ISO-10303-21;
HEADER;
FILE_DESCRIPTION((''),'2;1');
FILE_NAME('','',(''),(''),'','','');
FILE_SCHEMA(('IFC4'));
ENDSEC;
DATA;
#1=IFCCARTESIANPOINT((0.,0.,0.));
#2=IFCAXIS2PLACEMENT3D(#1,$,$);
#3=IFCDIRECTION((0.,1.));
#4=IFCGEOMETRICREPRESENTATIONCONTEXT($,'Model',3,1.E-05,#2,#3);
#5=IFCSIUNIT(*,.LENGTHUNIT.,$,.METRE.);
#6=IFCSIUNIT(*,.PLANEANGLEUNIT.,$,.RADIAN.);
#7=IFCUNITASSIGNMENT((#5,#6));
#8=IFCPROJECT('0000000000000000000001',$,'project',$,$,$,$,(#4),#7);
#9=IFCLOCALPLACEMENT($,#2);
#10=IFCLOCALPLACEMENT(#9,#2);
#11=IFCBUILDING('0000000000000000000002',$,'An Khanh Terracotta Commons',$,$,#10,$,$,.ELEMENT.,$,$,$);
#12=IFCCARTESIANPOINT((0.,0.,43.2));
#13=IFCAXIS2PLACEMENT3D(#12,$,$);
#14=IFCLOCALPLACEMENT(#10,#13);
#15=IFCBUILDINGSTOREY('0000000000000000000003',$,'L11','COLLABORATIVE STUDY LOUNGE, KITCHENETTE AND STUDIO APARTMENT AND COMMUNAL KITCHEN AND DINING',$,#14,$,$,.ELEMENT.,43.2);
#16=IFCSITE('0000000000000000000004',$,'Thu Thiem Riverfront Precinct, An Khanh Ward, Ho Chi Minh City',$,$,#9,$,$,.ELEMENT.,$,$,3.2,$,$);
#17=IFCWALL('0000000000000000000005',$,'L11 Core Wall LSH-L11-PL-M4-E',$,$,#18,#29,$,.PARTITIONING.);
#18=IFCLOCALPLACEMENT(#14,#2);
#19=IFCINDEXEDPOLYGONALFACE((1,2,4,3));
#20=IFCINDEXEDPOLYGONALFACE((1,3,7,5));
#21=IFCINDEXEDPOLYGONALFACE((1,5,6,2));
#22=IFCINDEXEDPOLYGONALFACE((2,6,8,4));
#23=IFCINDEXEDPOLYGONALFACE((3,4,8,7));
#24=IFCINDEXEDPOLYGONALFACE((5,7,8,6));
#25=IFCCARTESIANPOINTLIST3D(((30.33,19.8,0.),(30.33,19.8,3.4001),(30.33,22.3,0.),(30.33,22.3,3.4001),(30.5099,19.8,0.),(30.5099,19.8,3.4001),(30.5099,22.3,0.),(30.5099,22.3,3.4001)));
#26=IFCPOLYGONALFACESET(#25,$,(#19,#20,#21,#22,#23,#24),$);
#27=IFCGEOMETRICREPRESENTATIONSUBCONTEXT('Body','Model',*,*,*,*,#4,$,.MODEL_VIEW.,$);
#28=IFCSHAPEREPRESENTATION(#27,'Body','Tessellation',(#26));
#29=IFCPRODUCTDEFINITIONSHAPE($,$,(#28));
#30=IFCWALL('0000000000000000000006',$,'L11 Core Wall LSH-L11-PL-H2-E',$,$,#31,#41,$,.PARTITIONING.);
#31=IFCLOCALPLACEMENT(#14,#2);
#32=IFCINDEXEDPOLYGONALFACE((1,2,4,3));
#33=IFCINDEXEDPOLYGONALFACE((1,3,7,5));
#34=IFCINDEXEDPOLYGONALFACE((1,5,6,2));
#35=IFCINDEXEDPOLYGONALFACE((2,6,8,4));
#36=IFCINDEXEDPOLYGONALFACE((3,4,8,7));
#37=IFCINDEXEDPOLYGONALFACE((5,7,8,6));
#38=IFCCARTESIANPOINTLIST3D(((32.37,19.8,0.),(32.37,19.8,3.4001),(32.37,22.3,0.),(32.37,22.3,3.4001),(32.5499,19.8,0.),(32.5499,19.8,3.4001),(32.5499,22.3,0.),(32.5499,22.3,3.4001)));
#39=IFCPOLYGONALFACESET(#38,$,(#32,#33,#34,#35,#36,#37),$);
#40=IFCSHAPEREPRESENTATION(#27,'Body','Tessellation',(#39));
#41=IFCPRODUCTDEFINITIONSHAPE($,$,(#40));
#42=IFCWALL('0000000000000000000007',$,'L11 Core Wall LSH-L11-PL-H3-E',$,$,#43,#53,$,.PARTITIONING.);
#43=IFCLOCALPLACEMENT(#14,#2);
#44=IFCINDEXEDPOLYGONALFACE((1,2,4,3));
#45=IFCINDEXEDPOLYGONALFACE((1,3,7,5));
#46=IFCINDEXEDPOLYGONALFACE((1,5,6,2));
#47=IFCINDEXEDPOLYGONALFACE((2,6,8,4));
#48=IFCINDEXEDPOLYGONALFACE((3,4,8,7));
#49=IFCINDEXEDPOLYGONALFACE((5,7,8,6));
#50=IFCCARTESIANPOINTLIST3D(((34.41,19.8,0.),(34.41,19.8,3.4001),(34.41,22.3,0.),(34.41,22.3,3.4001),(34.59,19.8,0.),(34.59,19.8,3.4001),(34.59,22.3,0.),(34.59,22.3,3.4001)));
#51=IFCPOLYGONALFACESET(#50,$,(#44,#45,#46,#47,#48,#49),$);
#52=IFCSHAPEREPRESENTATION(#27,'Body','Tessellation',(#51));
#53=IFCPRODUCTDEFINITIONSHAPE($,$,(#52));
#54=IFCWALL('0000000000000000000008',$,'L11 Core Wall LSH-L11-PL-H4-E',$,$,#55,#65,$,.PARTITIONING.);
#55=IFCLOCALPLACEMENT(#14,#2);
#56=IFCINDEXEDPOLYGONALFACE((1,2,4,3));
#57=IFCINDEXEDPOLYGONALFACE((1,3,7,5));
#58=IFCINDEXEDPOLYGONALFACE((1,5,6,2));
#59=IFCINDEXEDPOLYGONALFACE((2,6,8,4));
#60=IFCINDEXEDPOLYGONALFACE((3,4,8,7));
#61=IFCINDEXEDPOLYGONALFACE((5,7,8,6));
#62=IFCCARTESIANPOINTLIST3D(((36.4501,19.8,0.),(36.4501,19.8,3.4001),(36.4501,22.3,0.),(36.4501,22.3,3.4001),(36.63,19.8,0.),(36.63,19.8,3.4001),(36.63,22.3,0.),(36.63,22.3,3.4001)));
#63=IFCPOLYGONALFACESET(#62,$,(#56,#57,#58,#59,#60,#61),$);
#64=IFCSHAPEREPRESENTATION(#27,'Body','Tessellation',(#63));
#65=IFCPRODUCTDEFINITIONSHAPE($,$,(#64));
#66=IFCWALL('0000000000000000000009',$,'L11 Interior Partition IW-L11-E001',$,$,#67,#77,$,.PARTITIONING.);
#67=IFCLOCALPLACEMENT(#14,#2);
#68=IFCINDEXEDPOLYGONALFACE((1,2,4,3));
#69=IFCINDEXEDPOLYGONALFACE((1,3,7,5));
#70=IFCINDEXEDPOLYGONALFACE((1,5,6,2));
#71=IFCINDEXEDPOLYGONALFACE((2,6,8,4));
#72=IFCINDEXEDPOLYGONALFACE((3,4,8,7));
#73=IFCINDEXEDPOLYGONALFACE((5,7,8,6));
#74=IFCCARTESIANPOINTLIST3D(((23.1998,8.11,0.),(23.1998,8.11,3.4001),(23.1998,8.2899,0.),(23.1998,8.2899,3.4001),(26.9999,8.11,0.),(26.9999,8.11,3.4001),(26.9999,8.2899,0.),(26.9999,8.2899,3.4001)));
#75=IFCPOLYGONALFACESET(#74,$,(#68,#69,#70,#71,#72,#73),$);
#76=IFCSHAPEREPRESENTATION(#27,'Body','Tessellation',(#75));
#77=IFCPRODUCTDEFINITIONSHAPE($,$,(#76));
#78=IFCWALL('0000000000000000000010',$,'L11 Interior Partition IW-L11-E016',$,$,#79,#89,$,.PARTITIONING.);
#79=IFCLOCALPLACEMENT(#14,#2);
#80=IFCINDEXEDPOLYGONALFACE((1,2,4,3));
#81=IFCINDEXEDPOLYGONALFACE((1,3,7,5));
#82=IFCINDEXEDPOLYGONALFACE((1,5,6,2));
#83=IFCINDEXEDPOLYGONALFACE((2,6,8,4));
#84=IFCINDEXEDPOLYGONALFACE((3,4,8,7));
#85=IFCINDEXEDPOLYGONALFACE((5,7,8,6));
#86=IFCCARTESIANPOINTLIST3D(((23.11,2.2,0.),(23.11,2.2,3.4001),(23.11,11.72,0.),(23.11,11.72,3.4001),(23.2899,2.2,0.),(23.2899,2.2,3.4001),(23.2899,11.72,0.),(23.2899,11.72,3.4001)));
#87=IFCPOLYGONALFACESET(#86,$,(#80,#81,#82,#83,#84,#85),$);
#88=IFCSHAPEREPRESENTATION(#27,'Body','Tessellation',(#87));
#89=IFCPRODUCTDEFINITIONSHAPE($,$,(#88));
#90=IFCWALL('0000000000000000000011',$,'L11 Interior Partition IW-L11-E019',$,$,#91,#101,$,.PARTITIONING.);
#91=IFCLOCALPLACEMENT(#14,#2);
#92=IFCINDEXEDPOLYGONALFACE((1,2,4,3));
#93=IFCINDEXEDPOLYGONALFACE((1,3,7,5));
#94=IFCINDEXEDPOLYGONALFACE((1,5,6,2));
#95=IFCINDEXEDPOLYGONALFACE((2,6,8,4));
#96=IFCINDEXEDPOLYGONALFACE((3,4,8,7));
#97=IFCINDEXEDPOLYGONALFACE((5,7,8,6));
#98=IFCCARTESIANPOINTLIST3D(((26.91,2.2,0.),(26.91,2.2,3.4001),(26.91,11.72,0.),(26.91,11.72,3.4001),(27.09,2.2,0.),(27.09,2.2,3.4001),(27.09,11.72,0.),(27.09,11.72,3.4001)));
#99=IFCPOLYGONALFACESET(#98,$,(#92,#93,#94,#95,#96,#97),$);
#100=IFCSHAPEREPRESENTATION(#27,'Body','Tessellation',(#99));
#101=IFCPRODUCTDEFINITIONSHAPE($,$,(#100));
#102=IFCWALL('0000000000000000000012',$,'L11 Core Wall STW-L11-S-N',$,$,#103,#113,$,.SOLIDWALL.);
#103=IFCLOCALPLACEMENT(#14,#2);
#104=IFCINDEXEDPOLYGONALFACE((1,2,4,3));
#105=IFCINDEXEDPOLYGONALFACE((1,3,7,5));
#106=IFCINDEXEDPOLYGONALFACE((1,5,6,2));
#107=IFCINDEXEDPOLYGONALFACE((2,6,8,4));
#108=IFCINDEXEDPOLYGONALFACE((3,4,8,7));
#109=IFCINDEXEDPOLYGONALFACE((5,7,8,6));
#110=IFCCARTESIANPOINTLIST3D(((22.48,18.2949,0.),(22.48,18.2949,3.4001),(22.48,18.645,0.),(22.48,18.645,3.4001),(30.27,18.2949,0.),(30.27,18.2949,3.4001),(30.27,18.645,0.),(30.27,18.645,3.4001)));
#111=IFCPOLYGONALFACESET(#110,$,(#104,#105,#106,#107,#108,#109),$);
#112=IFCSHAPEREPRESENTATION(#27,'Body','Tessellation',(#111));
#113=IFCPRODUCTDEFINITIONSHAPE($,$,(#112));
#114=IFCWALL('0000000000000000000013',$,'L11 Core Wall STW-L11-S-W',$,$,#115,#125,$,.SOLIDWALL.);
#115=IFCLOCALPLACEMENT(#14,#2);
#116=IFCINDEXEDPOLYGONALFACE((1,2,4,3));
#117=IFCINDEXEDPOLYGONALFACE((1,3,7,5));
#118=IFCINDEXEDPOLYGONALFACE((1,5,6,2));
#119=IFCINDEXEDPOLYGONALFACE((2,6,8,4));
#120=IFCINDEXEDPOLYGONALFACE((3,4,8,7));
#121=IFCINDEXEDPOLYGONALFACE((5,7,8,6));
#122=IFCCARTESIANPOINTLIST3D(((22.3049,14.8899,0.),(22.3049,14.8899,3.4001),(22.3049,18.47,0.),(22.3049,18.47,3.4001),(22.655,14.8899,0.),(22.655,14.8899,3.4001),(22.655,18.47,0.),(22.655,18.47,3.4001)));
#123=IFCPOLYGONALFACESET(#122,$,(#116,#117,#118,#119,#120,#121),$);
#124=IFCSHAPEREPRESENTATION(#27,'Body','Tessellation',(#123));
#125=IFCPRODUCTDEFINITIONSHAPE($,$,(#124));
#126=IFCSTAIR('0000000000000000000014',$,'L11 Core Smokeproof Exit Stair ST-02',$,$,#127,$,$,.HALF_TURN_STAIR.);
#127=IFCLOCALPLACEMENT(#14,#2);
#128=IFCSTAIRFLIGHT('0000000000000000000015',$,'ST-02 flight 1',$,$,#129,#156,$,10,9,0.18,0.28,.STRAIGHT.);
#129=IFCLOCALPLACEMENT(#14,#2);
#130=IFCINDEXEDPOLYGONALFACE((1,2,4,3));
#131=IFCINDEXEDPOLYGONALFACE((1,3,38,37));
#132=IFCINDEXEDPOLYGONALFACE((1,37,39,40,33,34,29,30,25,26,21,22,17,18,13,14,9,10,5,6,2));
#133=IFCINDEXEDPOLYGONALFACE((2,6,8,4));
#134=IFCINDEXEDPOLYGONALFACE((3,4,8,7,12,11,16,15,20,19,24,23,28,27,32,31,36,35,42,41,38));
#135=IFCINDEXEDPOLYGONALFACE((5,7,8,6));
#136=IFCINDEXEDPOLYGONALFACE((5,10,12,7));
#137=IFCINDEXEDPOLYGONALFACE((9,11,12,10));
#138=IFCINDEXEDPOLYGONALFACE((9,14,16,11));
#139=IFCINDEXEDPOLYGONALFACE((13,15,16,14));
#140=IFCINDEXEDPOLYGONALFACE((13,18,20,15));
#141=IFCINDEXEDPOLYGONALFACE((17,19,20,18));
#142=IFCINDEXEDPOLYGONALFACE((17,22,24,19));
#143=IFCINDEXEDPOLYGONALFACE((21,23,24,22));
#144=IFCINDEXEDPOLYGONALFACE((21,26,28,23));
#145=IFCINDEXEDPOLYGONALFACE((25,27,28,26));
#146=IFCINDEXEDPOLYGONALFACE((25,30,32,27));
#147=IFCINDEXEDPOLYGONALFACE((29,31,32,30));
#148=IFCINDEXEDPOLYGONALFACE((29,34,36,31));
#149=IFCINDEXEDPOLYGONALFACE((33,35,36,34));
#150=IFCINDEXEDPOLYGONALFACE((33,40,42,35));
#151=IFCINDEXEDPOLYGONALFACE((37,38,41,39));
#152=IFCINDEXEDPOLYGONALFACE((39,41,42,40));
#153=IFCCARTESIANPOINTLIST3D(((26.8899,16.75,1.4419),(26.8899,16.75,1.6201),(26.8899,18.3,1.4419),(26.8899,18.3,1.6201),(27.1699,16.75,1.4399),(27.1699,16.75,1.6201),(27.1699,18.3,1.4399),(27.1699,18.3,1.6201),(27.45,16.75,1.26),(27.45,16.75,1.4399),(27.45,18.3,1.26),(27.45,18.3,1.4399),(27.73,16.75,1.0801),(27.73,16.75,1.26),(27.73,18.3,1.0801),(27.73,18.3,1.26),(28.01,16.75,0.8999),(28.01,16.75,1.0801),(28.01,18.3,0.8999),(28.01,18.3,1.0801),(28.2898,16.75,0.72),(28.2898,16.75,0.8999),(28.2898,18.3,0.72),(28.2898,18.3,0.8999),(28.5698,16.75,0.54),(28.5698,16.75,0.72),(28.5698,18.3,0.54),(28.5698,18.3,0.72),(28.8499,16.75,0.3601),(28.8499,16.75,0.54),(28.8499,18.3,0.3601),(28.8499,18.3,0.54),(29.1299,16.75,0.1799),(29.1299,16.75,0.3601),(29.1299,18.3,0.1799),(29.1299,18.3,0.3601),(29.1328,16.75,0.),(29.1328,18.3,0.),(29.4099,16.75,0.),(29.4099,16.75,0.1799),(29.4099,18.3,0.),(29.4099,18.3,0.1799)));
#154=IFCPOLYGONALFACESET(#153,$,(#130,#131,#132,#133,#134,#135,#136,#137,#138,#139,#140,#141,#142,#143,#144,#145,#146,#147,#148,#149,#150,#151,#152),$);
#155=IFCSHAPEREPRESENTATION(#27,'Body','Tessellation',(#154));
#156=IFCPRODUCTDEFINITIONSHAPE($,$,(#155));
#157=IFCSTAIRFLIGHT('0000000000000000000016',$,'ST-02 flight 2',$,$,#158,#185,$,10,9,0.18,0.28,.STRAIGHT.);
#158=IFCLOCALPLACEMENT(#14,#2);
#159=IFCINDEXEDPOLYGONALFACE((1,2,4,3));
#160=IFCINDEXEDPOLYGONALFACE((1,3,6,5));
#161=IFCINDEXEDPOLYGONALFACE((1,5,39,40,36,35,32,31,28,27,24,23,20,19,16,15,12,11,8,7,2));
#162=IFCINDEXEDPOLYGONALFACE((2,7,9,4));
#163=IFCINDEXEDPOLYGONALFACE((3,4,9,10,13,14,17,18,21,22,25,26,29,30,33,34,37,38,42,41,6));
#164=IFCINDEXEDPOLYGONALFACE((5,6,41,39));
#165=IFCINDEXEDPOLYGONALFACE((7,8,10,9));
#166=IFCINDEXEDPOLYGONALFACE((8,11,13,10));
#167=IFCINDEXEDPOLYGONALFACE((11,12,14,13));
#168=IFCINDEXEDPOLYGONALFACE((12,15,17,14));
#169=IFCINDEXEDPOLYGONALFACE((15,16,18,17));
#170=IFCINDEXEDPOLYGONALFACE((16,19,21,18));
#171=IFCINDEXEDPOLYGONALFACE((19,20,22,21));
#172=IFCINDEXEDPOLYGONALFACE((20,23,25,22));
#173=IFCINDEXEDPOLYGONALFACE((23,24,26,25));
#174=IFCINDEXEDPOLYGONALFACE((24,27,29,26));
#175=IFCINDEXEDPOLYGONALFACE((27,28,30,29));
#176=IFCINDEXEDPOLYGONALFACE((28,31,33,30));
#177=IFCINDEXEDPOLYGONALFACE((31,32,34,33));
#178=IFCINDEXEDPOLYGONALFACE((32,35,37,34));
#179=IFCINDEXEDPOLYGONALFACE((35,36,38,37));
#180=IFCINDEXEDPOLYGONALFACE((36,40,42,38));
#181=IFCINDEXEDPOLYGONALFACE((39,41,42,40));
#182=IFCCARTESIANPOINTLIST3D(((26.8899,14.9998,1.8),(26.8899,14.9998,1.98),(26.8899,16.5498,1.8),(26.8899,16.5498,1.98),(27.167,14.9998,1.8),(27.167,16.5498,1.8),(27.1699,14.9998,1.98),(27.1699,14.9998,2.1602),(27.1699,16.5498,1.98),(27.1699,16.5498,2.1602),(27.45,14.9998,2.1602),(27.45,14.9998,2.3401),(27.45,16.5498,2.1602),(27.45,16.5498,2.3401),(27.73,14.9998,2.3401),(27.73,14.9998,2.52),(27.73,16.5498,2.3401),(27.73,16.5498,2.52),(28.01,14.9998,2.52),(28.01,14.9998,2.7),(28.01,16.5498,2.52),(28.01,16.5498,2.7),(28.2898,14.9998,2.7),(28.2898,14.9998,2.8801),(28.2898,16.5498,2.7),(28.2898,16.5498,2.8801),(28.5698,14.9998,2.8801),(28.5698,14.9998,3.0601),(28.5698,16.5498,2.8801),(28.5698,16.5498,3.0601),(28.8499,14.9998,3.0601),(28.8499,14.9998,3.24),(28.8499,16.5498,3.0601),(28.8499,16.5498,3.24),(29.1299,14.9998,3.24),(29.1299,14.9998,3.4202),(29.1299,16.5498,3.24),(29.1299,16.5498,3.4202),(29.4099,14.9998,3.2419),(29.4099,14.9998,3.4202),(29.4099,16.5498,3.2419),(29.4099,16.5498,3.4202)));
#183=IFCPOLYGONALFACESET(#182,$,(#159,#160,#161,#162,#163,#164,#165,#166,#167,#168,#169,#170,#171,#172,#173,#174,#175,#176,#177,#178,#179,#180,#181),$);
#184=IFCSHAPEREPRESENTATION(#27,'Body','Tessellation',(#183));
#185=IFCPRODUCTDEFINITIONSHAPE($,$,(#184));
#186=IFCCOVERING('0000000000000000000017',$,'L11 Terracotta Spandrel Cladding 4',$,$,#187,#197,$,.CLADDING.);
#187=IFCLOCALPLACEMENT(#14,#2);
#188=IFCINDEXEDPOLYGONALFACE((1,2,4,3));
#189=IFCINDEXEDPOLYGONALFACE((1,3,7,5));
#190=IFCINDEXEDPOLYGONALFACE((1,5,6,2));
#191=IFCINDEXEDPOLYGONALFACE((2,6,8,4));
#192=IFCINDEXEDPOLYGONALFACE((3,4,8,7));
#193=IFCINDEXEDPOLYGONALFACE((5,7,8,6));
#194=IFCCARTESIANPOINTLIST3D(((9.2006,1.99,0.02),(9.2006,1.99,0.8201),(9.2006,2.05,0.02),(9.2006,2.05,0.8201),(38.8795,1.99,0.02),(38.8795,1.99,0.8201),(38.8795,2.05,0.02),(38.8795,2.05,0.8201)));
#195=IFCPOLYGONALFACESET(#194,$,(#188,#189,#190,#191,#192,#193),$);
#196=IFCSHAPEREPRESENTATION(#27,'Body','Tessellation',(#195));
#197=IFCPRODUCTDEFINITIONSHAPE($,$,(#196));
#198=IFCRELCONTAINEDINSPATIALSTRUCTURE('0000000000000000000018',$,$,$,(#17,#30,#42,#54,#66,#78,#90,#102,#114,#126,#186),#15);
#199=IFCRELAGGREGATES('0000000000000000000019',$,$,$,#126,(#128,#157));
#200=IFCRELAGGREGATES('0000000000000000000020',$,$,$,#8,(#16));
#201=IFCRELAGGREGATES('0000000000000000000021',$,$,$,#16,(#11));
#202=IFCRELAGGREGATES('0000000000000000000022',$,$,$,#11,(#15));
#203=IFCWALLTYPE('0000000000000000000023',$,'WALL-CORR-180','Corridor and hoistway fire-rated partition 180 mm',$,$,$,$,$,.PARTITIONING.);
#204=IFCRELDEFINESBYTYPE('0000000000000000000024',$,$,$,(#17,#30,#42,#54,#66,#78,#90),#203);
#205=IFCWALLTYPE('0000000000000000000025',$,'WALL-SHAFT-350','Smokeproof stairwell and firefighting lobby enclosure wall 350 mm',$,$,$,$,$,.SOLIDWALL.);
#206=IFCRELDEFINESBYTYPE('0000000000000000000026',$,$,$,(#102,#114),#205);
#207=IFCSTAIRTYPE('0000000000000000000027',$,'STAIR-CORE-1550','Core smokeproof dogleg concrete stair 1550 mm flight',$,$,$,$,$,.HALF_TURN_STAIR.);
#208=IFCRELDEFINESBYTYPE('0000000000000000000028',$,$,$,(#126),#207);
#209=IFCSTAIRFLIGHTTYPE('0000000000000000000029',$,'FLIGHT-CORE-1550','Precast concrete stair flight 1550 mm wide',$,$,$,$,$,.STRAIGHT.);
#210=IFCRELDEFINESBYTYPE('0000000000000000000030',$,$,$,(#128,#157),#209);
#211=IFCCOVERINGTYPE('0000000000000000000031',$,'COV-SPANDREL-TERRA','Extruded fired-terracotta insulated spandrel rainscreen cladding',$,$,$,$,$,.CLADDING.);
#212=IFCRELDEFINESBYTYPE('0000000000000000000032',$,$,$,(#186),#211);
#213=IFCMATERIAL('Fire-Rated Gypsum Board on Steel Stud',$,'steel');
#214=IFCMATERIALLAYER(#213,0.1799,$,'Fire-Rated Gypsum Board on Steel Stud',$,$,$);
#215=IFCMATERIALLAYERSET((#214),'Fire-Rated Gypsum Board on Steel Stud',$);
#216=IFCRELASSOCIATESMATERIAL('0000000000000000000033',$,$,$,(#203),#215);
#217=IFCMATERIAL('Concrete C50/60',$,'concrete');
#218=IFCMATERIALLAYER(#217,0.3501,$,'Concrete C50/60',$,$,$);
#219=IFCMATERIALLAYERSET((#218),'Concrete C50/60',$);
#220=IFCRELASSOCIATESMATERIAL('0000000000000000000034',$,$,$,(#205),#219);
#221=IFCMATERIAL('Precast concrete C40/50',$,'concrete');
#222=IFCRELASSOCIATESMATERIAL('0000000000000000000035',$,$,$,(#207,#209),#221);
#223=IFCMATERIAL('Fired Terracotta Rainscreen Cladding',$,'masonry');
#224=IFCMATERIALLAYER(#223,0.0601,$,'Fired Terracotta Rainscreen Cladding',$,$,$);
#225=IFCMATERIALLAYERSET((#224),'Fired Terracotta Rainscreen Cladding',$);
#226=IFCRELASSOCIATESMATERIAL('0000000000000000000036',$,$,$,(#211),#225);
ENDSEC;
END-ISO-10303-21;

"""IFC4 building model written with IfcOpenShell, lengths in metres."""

from ifc_helpers import new_model, si_unit, direction, frame, frame_2d, origin, origin_2d, place, context, subcontext, project, spatial, polyline, rectangle, outline, extrude, material, layer, layer_set, type_object, element, aggregate, save


model = new_model("IFC4")

# Units and contexts
model_context = context("Model", 3, precision=1e-05, world=origin(), true_north=direction((0.0, 1.0)))
body_context = subcontext(model_context, "Body", "Model", "MODEL_VIEW")
ifc_project = project(units=[si_unit("LENGTHUNIT", "METRE"), si_unit("PLANEANGLEUNIT", "RADIAN")], contexts=[model_context])

# Site, building, storey
site_placement = place(None, origin())
site = spatial("IfcSite", under=ifc_project, at=site_placement, Name="Thu Thiem Riverfront Precinct, An Khanh Ward, Ho Chi Minh City", CompositionType="ELEMENT", RefElevation=3.2)
building_placement = place(site_placement, origin())
building = spatial("IfcBuilding", under=site, at=building_placement, Name="An Khanh Terracotta Commons", CompositionType="ELEMENT")
storey_placement = place(building_placement, frame((0.0, 0.0, 43.2)))
storey = spatial("IfcBuildingStorey", under=building, at=storey_placement, Name="L11", Description="COLLABORATIVE STUDY LOUNGE, KITCHENETTE AND STUDIO APARTMENT AND COMMUNAL KITCHEN AND DINING", CompositionType="ELEMENT", Elevation=43.2)

# Shared definitions
ifc_material_1 = material(Name="Fire-Rated Gypsum Board on Steel Stud", Category="steel")
ifc_layer_1 = layer(ifc_material_1, 0.1799, Name="Fire-Rated Gypsum Board on Steel Stud")
ifc_layer_set_1 = layer_set([ifc_layer_1], Name="Fire-Rated Gypsum Board on Steel Stud")
wall_type_1 = type_object("IfcWallType", Name="WALL-CORR-180", Description="Corridor and hoistway fire-rated partition 180 mm", PredefinedType="PARTITIONING", material=ifc_layer_set_1)

# Walls
for number, where, z_axis, x_axis, name in (
    (1, (30.4199, 19.8, 0.0), (0.0, 0.0, 1.0), (0.0, 1.0, 0.0), "L11 Core Wall LSH-L11-PL-M4-E"),
    (2, (32.46, 19.8, 0.0), (0.0, 0.0, 1.0), (0.0, 1.0, 0.0), "L11 Core Wall LSH-L11-PL-H2-E"),
    (3, (34.5, 19.8, 0.0), (0.0, 0.0, 1.0), (0.0, 1.0, 0.0), "L11 Core Wall LSH-L11-PL-H3-E"),
    (4, (36.54, 19.8, 0.0), (0.0, 0.0, 1.0), (0.0, 1.0, 0.0), "L11 Core Wall LSH-L11-PL-H4-E"),
):
    element("IfcWall", number, at=place(storey_placement, frame(where, z_axis=z_axis, x_axis=x_axis)), inside=storey, type_object=wall_type_1, Name=name, PredefinedType="PARTITIONING", context=body_context, shape_type="SweptSolid", body=[
        extrude(rectangle(XDim=2.5, YDim=0.1799, at=frame_2d((1.25, 0.0))), origin(), (0.0, 0.0, 1.0), 3.4001),
    ])
wall_1_placement = place(storey_placement, frame((23.2, 8.2, 0.0), z_axis=(0.0, 0.0, 1.0), x_axis=(1.0, 0.0, 0.0)))
element("IfcWall", 5, at=wall_1_placement, inside=storey, type_object=wall_type_1, Name="L11 Interior Partition IW-L11-E001", PredefinedType="PARTITIONING", context=body_context, shape_type="SweptSolid", body=[
    extrude(rectangle(XDim=3.8, YDim=0.1799, at=frame_2d((1.8999, 0.0))), origin(), (0.0, 0.0, 1.0), 3.4001),
])
for number, where, z_axis, x_axis, name in (
    (6, (23.2, 2.2, 0.0), (0.0, 0.0, 1.0), (0.0, 1.0, 0.0), "L11 Interior Partition IW-L11-E016"),
    (7, (27.0, 2.2, 0.0), (0.0, 0.0, 1.0), (0.0, 1.0, 0.0), "L11 Interior Partition IW-L11-E019"),
):
    element("IfcWall", number, at=place(storey_placement, frame(where, z_axis=z_axis, x_axis=x_axis)), inside=storey, type_object=wall_type_1, Name=name, PredefinedType="PARTITIONING", context=body_context, shape_type="SweptSolid", body=[
        extrude(rectangle(XDim=9.52, YDim=0.1799, at=frame_2d((4.76, 0.0))), origin(), (0.0, 0.0, 1.0), 3.4001),
    ])
ifc_material_2 = material(Name="Concrete C50/60", Category="concrete")
ifc_layer_2 = layer(ifc_material_2, 0.3501, Name="Concrete C50/60")
ifc_layer_set_2 = layer_set([ifc_layer_2], Name="Concrete C50/60")
wall_type_2 = type_object("IfcWallType", Name="WALL-SHAFT-350", Description="Smokeproof stairwell and firefighting lobby enclosure wall 350 mm", PredefinedType="SOLIDWALL", material=ifc_layer_set_2)
wall_2_placement = place(storey_placement, frame((22.48, 18.47, 0.0), z_axis=(0.0, 0.0, 1.0), x_axis=(1.0, 0.0, 0.0)))
element("IfcWall", 8, at=wall_2_placement, inside=storey, type_object=wall_type_2, Name="L11 Core Wall STW-L11-S-N", PredefinedType="SOLIDWALL", context=body_context, shape_type="SweptSolid", body=[
    extrude(rectangle(XDim=7.79, YDim=0.3501, at=frame_2d((3.895, 0.0))), origin(), (0.0, 0.0, 1.0), 3.4001),
])
wall_3_placement = place(storey_placement, frame((22.48, 14.8899, 0.0), z_axis=(0.0, 0.0, 1.0), x_axis=(0.0, 1.0, 0.0)))
element("IfcWall", 9, at=wall_3_placement, inside=storey, type_object=wall_type_2, Name="L11 Core Wall STW-L11-S-W", PredefinedType="SOLIDWALL", context=body_context, shape_type="SweptSolid", body=[
    extrude(rectangle(XDim=3.5801, YDim=0.3501, at=frame_2d((1.79, 0.0))), origin(), (0.0, 0.0, 1.0), 3.4001),
])

# Stair, stair flights
ifc_material_3 = material(Name="Precast concrete C40/50", Category="concrete")
stair_type = type_object("IfcStairType", Name="STAIR-CORE-1550", Description="Core smokeproof dogleg concrete stair 1550 mm flight", PredefinedType="HALF_TURN_STAIR", material=ifc_material_3)
stair_placement = place(storey_placement, origin())
stair = element("IfcStair", 10, at=stair_placement, inside=storey, type_object=stair_type, Name="L11 Core Smokeproof Exit Stair ST-02", PredefinedType="HALF_TURN_STAIR")
stair_flight_type = type_object("IfcStairFlightType", Name="FLIGHT-CORE-1550", Description="Precast concrete stair flight 1550 mm wide", PredefinedType="STRAIGHT", material=ifc_material_3)
stair_flight_1_placement = place(storey_placement, frame((29.4099, 17.5249, 0.0), z_axis=(0.0, 0.0, 1.0), x_axis=(-1.0, 0.0, 0.0)))
stair_flight_1 = element("IfcStairFlight", 11, at=stair_flight_1_placement, type_object=stair_flight_type, Name="ST-02 flight 1", NumberOfRisers=10, NumberOfTreads=9, PredefinedType="STRAIGHT", RiserHeight=0.18, TreadLength=0.28, context=body_context, shape_type="SweptSolid", body=[
    extrude(outline(polyline([(0.0, 0.0), (0.0, 0.1799), (0.28, 0.1799), (0.28, 0.3601), (0.5601, 0.3601), (0.5601, 0.54), (0.8401, 0.54), (0.8401, 0.72), (1.1201, 0.72), (1.1201, 0.8999), (1.3999, 0.8999), (1.3999, 1.0801), (1.6799, 1.0801), (1.6799, 1.26), (1.96, 1.26), (1.96, 1.4399), (2.24, 1.4399), (2.24, 1.6201), (2.52, 1.6201), (2.52, 1.8), (2.52, 1.4419), (0.2771, 0.0), (0.0, 0.0)])), frame((0.0, 0.7749, 0.0), z_axis=(0.0, -1.0, 0.0), x_axis=(1.0, 0.0, 0.0)), (0.0, 0.0, 1.0), 1.55),
])
stair_flight_2_placement = place(storey_placement, frame((26.8899, 15.7749, 1.8), z_axis=(0.0, 0.0, 1.0), x_axis=(1.0, 0.0, 0.0)))
stair_flight_2 = element("IfcStairFlight", 12, at=stair_flight_2_placement, type_object=stair_flight_type, Name="ST-02 flight 2", NumberOfRisers=10, NumberOfTreads=9, PredefinedType="STRAIGHT", RiserHeight=0.18, TreadLength=0.28, context=body_context, shape_type="SweptSolid", body=[
    extrude(outline(polyline([(0.0, 0.0), (0.0, 0.1799), (0.28, 0.1799), (0.28, 0.3601), (0.5601, 0.3601), (0.5601, 0.54), (0.8401, 0.54), (0.8401, 0.72), (1.1201, 0.72), (1.1201, 0.8999), (1.3999, 0.8999), (1.3999, 1.0801), (1.6799, 1.0801), (1.6799, 1.26), (1.96, 1.26), (1.96, 1.4399), (2.24, 1.4399), (2.24, 1.6201), (2.52, 1.6201), (2.52, 1.8), (2.52, 1.4419), (0.2771, 0.0), (0.0, 0.0)])), frame((0.0, 0.7749, 0.0), z_axis=(0.0, -1.0, 0.0), x_axis=(1.0, 0.0, 0.0)), (0.0, 0.0, 1.0), 1.55),
])
aggregate(stair, [stair_flight_1, stair_flight_2])

# Covering
ifc_material_4 = material(Name="Fired Terracotta Rainscreen Cladding", Category="masonry")
ifc_layer_3 = layer(ifc_material_4, 0.0601, Name="Fired Terracotta Rainscreen Cladding")
ifc_layer_set_3 = layer_set([ifc_layer_3], Name="Fired Terracotta Rainscreen Cladding")
covering_type = type_object("IfcCoveringType", Name="COV-SPANDREL-TERRA", Description="Extruded fired-terracotta insulated spandrel rainscreen cladding", PredefinedType="CLADDING", material=ifc_layer_set_3)
covering_placement = place(storey_placement, frame((24.04, 2.02, 0.02), z_axis=(0.0, 0.0, 1.0), x_axis=(1.0, 0.0, 0.0)))
element("IfcCovering", 13, at=covering_placement, inside=storey, type_object=covering_type, Name="L11 Terracotta Spandrel Cladding 4", PredefinedType="CLADDING", context=body_context, shape_type="SweptSolid", body=[
    extrude(rectangle(XDim=29.679, YDim=0.0601, at=origin_2d()), origin(), (0.0, 0.0, 1.0), 0.8),
])

save(model, "model.ifc")
